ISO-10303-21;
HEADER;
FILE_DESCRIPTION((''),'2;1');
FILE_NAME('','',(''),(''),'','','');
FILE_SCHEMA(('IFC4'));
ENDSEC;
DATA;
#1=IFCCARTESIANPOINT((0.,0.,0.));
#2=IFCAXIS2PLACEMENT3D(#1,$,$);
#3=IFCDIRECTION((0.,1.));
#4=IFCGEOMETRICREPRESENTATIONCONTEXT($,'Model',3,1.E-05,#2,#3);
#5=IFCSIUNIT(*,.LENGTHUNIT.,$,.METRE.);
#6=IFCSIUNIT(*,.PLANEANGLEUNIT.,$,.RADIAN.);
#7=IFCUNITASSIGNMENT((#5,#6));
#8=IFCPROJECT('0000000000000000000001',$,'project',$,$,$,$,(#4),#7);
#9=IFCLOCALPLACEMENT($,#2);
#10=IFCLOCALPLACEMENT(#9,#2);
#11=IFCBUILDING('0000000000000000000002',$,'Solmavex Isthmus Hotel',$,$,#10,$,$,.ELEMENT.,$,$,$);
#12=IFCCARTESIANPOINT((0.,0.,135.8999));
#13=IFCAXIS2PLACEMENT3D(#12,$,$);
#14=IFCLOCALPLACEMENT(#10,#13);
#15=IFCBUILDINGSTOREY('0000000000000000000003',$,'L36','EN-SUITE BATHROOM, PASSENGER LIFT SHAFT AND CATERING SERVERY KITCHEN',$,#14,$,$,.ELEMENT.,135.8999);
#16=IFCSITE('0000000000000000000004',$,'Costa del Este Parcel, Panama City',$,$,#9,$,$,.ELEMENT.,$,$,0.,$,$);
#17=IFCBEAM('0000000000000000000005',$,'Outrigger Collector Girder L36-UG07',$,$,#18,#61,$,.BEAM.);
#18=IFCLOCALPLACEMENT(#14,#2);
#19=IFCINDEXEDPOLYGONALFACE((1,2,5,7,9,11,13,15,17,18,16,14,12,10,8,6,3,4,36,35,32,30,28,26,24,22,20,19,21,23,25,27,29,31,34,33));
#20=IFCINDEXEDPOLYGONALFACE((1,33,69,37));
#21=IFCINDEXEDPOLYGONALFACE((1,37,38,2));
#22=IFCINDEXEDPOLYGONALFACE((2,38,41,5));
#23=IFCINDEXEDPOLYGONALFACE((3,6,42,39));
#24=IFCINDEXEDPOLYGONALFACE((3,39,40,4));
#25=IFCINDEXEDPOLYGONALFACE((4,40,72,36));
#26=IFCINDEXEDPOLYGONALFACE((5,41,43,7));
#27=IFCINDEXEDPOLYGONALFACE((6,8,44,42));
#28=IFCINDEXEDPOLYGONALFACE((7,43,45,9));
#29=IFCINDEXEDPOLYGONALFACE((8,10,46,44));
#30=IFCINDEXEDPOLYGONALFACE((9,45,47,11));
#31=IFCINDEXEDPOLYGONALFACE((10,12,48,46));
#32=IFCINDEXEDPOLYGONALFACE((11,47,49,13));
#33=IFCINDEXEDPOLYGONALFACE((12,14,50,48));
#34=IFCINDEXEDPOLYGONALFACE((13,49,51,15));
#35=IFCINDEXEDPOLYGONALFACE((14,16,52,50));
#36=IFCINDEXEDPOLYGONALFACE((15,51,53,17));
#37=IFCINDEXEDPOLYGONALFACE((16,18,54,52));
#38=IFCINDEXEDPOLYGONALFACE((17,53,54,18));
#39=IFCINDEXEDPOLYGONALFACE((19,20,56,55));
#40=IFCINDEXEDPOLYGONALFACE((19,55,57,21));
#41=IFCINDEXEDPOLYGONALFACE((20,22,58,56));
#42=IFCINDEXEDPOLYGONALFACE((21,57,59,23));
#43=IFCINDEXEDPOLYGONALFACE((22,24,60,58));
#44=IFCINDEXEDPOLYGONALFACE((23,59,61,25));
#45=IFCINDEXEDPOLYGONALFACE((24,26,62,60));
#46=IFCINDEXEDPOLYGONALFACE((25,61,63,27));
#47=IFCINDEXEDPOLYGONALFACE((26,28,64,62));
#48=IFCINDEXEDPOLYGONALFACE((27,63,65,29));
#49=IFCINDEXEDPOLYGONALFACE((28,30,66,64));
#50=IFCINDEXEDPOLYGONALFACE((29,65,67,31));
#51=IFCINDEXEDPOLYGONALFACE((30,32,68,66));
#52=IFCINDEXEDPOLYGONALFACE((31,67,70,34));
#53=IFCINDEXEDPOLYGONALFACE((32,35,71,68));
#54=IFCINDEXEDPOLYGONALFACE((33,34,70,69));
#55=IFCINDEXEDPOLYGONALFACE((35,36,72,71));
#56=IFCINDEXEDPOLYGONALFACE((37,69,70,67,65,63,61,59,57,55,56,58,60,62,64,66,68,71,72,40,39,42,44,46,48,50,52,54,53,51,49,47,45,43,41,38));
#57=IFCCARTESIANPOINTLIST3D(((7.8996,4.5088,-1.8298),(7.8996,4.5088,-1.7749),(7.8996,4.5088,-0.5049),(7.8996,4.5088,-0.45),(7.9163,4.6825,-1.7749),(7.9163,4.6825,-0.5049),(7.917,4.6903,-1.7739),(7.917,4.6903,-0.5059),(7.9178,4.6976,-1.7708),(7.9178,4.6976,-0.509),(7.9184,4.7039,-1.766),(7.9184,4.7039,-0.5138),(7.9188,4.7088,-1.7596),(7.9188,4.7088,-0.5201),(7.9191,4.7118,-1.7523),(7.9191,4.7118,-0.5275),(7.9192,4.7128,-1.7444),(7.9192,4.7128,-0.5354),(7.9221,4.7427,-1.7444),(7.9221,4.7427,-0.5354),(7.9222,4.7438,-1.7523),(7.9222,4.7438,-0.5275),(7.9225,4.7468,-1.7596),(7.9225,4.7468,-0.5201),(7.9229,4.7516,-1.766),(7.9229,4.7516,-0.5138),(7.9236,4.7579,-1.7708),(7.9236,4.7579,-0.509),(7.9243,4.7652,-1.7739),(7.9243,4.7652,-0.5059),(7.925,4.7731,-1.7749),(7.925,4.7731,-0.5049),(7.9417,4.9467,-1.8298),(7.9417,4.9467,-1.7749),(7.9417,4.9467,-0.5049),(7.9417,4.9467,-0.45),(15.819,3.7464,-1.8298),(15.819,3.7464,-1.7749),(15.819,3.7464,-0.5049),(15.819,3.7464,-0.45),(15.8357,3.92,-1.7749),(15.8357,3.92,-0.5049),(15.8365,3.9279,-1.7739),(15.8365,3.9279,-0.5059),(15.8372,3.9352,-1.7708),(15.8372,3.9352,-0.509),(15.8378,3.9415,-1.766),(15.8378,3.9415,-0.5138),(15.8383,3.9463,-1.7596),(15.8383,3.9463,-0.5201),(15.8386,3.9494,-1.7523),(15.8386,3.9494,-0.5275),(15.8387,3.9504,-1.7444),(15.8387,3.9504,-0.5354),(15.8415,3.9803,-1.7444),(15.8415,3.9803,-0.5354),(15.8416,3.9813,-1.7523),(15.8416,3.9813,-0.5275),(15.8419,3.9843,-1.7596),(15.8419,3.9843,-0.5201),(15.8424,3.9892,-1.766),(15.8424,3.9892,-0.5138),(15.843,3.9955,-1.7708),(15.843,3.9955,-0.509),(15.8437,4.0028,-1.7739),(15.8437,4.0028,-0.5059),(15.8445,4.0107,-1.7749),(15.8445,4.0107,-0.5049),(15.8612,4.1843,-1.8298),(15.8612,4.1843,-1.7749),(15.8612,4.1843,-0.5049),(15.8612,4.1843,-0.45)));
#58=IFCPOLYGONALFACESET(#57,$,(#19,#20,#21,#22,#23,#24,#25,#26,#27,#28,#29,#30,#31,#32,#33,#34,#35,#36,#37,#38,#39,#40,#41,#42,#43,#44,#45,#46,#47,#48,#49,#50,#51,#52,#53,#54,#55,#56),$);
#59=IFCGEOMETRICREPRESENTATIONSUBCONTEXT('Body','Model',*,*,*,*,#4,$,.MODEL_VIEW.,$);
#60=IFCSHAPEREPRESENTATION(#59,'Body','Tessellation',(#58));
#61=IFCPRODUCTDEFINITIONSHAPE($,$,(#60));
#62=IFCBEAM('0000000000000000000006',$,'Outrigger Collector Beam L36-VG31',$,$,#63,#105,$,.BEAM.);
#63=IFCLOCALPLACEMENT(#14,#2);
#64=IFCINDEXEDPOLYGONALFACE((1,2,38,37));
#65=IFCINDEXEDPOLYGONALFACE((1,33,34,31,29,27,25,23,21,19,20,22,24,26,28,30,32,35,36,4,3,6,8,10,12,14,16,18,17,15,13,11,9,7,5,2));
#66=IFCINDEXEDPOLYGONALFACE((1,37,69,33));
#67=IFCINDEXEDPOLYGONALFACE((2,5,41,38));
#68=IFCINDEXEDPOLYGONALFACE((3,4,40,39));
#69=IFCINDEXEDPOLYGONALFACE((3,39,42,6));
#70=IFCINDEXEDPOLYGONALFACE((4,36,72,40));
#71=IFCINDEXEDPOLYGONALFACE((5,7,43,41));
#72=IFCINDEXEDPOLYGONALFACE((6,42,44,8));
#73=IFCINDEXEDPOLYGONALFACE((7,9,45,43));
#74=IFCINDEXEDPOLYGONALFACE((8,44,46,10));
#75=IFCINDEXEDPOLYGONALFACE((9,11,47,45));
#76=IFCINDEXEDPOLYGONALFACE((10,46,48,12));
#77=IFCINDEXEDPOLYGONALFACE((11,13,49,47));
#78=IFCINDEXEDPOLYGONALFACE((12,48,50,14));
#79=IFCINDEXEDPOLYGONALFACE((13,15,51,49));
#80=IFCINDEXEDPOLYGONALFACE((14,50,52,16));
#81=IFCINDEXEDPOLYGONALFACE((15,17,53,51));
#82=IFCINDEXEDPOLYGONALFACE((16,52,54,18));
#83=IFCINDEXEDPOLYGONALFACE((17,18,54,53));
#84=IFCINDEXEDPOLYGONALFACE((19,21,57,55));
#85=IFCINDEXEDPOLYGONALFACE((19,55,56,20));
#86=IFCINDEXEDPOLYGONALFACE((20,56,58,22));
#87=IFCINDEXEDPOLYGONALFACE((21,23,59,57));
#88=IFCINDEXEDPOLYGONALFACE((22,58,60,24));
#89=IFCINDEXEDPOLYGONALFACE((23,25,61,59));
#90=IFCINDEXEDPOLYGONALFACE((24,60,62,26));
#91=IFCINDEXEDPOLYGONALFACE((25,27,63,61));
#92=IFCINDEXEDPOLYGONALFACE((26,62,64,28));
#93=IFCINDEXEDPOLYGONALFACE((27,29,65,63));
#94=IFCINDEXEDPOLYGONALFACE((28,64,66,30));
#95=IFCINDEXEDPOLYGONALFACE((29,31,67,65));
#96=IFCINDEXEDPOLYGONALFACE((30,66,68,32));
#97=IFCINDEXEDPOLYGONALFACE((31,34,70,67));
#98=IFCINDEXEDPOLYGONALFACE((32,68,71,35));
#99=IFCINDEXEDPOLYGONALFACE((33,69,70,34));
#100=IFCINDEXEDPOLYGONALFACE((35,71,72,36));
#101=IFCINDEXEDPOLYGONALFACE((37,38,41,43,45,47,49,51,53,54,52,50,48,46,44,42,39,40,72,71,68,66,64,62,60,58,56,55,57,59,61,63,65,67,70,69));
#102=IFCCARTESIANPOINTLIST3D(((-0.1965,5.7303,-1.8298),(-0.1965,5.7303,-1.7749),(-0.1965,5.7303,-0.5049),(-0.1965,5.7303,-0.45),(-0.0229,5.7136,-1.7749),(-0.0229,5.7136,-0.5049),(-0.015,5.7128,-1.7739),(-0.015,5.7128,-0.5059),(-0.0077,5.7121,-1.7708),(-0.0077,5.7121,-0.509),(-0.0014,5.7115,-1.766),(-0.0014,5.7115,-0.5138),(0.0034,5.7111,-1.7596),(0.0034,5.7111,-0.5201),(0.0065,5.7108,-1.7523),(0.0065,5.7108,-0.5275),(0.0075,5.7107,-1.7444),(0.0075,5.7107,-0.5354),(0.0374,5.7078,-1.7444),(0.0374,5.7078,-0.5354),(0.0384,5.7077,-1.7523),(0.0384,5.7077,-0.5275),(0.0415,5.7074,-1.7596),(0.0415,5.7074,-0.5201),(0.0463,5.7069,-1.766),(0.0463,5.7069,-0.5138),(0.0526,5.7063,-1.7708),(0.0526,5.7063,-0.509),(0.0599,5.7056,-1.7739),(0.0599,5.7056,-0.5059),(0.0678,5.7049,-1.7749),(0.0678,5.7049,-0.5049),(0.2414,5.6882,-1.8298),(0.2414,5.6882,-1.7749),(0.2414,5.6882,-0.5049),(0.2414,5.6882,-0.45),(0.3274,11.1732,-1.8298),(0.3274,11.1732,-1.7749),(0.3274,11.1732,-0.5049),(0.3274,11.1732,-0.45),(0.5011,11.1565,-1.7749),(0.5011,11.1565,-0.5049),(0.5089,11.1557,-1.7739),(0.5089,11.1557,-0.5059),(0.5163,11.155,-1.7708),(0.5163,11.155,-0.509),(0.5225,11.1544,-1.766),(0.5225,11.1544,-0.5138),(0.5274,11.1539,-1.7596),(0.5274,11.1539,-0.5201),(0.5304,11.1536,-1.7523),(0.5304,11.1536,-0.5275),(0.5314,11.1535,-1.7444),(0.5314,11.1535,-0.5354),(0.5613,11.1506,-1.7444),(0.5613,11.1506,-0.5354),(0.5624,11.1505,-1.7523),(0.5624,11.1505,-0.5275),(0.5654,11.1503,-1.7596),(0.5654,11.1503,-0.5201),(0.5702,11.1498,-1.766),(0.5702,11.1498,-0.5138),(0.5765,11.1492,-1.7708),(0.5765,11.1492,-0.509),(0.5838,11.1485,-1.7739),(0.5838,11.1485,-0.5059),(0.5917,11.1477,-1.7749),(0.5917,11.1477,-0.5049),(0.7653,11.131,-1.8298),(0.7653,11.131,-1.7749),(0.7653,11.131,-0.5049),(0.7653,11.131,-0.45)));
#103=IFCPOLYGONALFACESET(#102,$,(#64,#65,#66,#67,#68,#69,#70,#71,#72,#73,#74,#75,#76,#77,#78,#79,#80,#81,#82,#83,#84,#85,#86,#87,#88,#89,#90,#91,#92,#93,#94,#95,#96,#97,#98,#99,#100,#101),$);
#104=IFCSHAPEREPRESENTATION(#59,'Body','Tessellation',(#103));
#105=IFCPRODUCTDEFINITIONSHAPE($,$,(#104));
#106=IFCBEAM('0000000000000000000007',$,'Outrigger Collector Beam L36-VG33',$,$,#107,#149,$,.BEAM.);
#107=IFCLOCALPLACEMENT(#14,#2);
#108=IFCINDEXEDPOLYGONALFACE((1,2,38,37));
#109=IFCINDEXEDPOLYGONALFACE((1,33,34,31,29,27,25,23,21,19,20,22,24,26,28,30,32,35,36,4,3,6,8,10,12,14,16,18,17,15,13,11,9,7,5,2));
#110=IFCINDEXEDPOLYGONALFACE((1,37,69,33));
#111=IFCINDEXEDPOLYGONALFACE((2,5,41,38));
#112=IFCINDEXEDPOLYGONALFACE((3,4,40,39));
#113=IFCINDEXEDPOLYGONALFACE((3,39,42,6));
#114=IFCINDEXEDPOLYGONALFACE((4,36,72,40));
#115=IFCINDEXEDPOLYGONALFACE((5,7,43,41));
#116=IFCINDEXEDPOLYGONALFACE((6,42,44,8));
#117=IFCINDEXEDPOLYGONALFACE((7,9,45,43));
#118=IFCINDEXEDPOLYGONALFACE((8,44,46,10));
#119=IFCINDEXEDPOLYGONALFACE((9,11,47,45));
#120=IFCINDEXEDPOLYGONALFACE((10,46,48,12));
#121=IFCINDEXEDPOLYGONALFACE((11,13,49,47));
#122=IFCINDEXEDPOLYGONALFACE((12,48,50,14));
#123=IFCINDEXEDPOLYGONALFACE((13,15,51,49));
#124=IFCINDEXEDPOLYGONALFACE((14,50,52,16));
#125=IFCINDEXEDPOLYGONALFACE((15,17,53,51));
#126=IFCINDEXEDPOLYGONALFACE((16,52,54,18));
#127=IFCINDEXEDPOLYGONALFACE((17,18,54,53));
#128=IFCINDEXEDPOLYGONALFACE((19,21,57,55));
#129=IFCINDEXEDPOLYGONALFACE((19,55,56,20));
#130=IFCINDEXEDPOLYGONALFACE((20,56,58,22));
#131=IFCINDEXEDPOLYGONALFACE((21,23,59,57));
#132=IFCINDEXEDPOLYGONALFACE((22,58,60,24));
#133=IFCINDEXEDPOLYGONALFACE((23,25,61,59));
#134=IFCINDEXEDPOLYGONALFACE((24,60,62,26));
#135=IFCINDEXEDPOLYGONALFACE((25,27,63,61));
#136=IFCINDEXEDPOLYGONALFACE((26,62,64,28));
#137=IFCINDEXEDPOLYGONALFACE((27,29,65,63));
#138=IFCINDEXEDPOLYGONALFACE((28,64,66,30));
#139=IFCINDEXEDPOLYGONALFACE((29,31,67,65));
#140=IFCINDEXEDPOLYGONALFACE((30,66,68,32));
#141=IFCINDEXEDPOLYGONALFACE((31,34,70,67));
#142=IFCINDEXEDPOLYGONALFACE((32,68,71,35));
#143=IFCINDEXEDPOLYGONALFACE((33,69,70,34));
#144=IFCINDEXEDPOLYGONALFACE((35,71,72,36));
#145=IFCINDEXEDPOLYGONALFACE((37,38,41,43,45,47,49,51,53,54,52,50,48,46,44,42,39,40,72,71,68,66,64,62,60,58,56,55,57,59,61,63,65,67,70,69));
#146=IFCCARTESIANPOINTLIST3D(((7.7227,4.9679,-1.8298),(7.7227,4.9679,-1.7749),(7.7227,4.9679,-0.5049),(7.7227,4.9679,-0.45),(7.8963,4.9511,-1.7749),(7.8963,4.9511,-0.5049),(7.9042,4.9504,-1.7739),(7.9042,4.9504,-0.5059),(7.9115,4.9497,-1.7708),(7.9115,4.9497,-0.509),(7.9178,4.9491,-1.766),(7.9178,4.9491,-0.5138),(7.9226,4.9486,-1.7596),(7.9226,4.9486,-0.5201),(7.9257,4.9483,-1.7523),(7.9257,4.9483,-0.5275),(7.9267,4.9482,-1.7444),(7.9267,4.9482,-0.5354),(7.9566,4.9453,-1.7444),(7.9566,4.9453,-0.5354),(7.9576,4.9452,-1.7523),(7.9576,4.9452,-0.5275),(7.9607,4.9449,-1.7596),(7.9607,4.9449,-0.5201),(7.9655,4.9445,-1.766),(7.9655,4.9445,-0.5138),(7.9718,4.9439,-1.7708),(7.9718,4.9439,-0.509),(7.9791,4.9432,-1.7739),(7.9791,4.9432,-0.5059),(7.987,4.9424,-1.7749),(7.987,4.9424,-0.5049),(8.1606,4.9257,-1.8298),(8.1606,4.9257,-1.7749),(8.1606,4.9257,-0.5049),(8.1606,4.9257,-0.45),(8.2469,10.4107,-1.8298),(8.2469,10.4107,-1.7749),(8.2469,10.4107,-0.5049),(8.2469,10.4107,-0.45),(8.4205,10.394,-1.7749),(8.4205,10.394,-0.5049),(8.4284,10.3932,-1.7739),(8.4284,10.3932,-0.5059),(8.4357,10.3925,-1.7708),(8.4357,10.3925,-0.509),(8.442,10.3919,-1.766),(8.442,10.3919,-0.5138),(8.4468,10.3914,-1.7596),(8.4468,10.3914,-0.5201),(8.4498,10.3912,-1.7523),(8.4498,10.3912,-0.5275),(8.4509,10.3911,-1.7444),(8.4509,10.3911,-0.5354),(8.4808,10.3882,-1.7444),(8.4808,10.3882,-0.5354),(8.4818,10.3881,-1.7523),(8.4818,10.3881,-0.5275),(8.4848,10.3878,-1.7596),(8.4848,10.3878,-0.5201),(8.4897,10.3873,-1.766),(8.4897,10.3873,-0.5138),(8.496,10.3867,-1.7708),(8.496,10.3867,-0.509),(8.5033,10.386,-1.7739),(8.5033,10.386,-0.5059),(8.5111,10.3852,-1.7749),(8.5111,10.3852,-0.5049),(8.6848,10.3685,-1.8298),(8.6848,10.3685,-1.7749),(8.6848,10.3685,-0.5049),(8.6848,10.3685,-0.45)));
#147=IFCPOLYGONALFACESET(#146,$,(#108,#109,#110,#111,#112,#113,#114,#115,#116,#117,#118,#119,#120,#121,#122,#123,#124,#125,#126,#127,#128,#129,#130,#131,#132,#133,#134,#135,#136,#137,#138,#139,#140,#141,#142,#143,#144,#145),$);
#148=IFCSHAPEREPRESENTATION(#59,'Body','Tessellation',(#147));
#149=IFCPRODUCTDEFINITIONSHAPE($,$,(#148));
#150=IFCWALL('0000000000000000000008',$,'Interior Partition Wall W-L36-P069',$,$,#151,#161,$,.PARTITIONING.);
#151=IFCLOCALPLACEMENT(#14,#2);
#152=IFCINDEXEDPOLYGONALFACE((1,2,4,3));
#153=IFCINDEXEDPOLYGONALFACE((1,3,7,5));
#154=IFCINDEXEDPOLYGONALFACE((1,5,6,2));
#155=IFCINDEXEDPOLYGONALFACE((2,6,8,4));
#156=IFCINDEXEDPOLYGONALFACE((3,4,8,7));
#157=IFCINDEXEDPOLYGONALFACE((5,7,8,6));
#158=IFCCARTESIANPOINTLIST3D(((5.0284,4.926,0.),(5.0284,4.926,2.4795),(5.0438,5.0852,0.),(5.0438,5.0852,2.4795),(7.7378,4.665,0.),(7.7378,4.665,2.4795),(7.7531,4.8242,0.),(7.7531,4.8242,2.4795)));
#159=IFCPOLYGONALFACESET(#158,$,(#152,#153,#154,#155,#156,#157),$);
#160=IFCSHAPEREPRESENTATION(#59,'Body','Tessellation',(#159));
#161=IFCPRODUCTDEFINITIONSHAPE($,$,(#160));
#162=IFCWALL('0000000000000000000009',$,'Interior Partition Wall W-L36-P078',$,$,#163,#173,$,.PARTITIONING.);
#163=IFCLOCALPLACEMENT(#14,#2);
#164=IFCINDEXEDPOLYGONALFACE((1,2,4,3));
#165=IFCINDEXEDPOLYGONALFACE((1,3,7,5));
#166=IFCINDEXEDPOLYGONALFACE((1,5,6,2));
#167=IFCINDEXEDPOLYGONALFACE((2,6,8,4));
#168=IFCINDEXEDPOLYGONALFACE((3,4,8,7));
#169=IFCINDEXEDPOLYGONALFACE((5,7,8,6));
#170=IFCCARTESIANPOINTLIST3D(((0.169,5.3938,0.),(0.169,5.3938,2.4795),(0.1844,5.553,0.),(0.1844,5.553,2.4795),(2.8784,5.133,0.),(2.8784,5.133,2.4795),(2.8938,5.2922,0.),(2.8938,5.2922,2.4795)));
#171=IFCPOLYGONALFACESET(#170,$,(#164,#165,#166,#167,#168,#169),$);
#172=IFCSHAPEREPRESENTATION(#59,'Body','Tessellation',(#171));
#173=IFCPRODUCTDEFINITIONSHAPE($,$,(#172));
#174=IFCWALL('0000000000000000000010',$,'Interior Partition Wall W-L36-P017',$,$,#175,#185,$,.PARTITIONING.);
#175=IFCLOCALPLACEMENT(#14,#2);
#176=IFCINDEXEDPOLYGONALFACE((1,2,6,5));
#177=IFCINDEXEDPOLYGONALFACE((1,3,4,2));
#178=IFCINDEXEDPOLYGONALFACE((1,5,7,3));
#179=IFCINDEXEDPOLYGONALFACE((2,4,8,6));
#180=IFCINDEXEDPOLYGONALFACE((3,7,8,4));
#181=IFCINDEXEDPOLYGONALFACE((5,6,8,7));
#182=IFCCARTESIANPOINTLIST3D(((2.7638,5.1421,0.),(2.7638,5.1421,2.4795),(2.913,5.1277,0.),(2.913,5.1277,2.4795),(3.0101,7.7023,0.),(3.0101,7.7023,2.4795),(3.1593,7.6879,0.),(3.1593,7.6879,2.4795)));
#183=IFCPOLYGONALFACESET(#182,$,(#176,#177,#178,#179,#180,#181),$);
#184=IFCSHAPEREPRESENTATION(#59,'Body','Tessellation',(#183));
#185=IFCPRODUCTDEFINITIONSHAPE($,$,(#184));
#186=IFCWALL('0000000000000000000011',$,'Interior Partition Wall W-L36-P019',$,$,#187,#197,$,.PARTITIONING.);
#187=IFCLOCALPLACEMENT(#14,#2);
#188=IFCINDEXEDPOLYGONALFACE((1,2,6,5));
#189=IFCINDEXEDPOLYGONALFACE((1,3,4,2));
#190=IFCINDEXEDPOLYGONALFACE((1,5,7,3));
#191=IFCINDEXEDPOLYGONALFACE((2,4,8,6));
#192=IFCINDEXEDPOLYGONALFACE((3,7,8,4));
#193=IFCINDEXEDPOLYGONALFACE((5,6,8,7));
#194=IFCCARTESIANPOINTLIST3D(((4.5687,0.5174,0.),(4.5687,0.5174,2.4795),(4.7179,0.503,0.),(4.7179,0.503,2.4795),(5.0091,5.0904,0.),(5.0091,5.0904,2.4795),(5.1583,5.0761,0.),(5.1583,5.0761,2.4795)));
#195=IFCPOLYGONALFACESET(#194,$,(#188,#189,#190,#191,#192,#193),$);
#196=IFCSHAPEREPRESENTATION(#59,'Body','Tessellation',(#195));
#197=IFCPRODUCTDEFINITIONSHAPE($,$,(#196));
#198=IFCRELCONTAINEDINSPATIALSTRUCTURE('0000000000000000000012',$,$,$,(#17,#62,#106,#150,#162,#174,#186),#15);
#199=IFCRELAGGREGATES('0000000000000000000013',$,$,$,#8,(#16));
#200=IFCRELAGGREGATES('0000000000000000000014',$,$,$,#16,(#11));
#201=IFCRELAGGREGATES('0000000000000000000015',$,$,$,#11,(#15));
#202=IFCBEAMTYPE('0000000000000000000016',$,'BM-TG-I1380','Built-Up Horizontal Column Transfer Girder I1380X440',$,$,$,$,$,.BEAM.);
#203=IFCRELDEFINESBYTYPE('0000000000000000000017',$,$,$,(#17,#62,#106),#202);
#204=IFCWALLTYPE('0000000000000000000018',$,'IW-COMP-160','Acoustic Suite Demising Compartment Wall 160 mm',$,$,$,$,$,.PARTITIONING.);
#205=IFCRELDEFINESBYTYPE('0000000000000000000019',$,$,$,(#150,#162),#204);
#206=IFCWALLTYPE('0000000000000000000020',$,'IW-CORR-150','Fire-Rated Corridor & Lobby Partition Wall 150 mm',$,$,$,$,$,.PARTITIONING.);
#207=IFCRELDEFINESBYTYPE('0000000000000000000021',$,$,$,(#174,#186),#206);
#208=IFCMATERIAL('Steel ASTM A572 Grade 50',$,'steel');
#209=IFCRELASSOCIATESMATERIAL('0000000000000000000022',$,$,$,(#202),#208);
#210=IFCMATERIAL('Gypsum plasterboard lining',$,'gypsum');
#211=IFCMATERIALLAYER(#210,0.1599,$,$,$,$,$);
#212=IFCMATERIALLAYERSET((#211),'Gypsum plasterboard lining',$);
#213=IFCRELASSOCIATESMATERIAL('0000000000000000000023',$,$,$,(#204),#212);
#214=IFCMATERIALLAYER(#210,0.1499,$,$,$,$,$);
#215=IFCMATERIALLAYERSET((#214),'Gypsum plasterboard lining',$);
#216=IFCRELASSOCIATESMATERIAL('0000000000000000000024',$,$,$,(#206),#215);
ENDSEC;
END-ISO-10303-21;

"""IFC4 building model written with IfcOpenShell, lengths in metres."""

from ifc_helpers import new_model, si_unit, direction, frame, frame_2d, origin, origin_2d, place, context, subcontext, project, spatial, rectangle, i_section, extrude, material, layer, layer_set, material_profile, profile_set, type_object, element, save


model = new_model("IFC4")

# Units and contexts
model_context = context("Model", 3, precision=1e-05, world=origin(), true_north=direction((0.0, 1.0)))
body_context = subcontext(model_context, "Body", "Model", "MODEL_VIEW")
ifc_project = project(units=[si_unit("LENGTHUNIT", "METRE"), si_unit("PLANEANGLEUNIT", "RADIAN")], contexts=[model_context])

# Site, building, storey
site_placement = place(None, origin())
site = spatial("IfcSite", under=ifc_project, at=site_placement, Name="Costa del Este Parcel, Panama City", CompositionType="ELEMENT", RefElevation=0.0)
building_placement = place(site_placement, origin())
building = spatial("IfcBuilding", under=site, at=building_placement, Name="Solmavex Isthmus Hotel", CompositionType="ELEMENT")
storey_placement = place(building_placement, frame((0.0, 0.0, 135.8999)))
storey = spatial("IfcBuildingStorey", under=building, at=storey_placement, Name="L36", Description="EN-SUITE BATHROOM, PASSENGER LIFT SHAFT AND CATERING SERVERY KITCHEN", CompositionType="ELEMENT", Elevation=135.8999)

# Beams
ifc_material_1 = material(Name="Steel ASTM A572 Grade 50", Category="steel")
ifc_material_profile_1 = material_profile(ifc_material_1, i_section(OverallWidth=0.4399, OverallDepth=1.3799, WebThickness=0.03, FlangeThickness=0.0549, FilletRadius=0.0305, at=origin_2d()), Name="I1380X440")
ifc_profile_set_1 = profile_set([ifc_material_profile_1], Name="Steel ASTM A572 Grade 50")
beam_type_1 = type_object("IfcBeamType", Name="BM-TG-I1380", Description="Built-Up Horizontal Column Transfer Girder I1380X440", PredefinedType="BEAM", material=ifc_profile_set_1)
for number, where, z_axis, x_axis, name in (
    (1, (7.9207, 4.7278, -1.1399), (0.995397, -0.095833, 0.0), (0.095833, 0.995397, 0.0), "Outrigger Collector Girder L36-UG07"),
):
    element("IfcBeam", number, at=place(storey_placement, frame(where, z_axis=z_axis, x_axis=x_axis)), inside=storey, type_object=beam_type_1, Name=name, PredefinedType="BEAM", context=body_context, shape_type="SweptSolid", body=[
        extrude(i_section(OverallWidth=0.4399, OverallDepth=1.3799, WebThickness=0.03, FlangeThickness=0.0549, FilletRadius=0.0305, at=origin_2d()), origin(), (0.0, 0.0, 1.0), 7.9561),
    ])
for number, where, z_axis, x_axis, name in (
    (2, (0.0225, 5.7092, -1.1399), (0.095816, 0.995399, 0.0), (-0.995399, 0.095816, 0.0), "Outrigger Collector Beam L36-VG31"),
    (3, (7.9417, 4.9468, -1.1399), (0.09586, 0.995395, 0.0), (-0.995395, 0.09586, 0.0), "Outrigger Collector Beam L36-VG33"),
):
    element("IfcBeam", number, at=place(storey_placement, frame(where, z_axis=z_axis, x_axis=x_axis)), inside=storey, type_object=beam_type_1, Name=name, PredefinedType="BEAM", context=body_context, shape_type="SweptSolid", body=[
        extrude(i_section(OverallWidth=0.4399, OverallDepth=1.3799, WebThickness=0.03, FlangeThickness=0.0549, FilletRadius=0.0305, at=origin_2d()), origin(), (0.0, 0.0, 1.0), 5.468),
    ])

# Walls
ifc_material_2 = material(Name="Gypsum plasterboard lining", Category="gypsum")
ifc_layer_1 = layer(ifc_material_2, 0.1599)
ifc_layer_set_1 = layer_set([ifc_layer_1], Name="Gypsum plasterboard lining")
wall_type_1 = type_object("IfcWallType", Name="IW-COMP-160", Description="Acoustic Suite Demising Compartment Wall 160 mm", PredefinedType="PARTITIONING", material=ifc_layer_set_1)
for number, where, z_axis, x_axis, name in (
    (4, (7.7454, 4.7446, 0.0), (0.0, 0.0, 1.0), (-0.995393, 0.09588, 0.0), "Interior Partition Wall W-L36-P069"),
    (5, (2.886, 5.2126, 0.0), (0.0, 0.0, 1.0), (-0.995401, 0.095791, 0.0), "Interior Partition Wall W-L36-P078"),
):
    element("IfcWall", number, at=place(storey_placement, frame(where, z_axis=z_axis, x_axis=x_axis)), inside=storey, type_object=wall_type_1, Name=name, PredefinedType="PARTITIONING", context=body_context, shape_type="SweptSolid", body=[
        extrude(rectangle(XDim=2.7219, YDim=0.1599, at=frame_2d((1.3608, 0.0))), origin(), (0.0, 0.0, 1.0), 2.4795),
    ])
ifc_layer_2 = layer(ifc_material_2, 0.1499)
ifc_layer_set_2 = layer_set([ifc_layer_2], Name="Gypsum plasterboard lining")
wall_type_2 = type_object("IfcWallType", Name="IW-CORR-150", Description="Fire-Rated Corridor & Lobby Partition Wall 150 mm", PredefinedType="PARTITIONING", material=ifc_layer_set_2)
wall_1_placement = place(storey_placement, frame((2.8384, 5.1348, 0.0), z_axis=(0.0, 0.0, 1.0), x_axis=(0.095772, 0.995403, 0.0)))
element("IfcWall", 6, at=wall_1_placement, inside=storey, type_object=wall_type_2, Name="Interior Partition Wall W-L36-P017", PredefinedType="PARTITIONING", context=body_context, shape_type="SweptSolid", body=[
    extrude(rectangle(XDim=2.572, YDim=0.1499, at=frame_2d((1.2861, 0.0))), origin(), (0.0, 0.0, 1.0), 2.4795),
])
wall_2_placement = place(storey_placement, frame((5.0837, 5.0833, 0.0), z_axis=(0.0, 0.0, 1.0), x_axis=(-0.095867, -0.995394, 0.0)))
element("IfcWall", 7, at=wall_2_placement, inside=storey, type_object=wall_type_2, Name="Interior Partition Wall W-L36-P019", PredefinedType="PARTITIONING", context=body_context, shape_type="SweptSolid", body=[
    extrude(rectangle(XDim=4.5942, YDim=0.1499, at=frame_2d((2.2971, 0.0))), origin(), (0.0, 0.0, 1.0), 2.4795),
])

save(model, "model.ifc")
